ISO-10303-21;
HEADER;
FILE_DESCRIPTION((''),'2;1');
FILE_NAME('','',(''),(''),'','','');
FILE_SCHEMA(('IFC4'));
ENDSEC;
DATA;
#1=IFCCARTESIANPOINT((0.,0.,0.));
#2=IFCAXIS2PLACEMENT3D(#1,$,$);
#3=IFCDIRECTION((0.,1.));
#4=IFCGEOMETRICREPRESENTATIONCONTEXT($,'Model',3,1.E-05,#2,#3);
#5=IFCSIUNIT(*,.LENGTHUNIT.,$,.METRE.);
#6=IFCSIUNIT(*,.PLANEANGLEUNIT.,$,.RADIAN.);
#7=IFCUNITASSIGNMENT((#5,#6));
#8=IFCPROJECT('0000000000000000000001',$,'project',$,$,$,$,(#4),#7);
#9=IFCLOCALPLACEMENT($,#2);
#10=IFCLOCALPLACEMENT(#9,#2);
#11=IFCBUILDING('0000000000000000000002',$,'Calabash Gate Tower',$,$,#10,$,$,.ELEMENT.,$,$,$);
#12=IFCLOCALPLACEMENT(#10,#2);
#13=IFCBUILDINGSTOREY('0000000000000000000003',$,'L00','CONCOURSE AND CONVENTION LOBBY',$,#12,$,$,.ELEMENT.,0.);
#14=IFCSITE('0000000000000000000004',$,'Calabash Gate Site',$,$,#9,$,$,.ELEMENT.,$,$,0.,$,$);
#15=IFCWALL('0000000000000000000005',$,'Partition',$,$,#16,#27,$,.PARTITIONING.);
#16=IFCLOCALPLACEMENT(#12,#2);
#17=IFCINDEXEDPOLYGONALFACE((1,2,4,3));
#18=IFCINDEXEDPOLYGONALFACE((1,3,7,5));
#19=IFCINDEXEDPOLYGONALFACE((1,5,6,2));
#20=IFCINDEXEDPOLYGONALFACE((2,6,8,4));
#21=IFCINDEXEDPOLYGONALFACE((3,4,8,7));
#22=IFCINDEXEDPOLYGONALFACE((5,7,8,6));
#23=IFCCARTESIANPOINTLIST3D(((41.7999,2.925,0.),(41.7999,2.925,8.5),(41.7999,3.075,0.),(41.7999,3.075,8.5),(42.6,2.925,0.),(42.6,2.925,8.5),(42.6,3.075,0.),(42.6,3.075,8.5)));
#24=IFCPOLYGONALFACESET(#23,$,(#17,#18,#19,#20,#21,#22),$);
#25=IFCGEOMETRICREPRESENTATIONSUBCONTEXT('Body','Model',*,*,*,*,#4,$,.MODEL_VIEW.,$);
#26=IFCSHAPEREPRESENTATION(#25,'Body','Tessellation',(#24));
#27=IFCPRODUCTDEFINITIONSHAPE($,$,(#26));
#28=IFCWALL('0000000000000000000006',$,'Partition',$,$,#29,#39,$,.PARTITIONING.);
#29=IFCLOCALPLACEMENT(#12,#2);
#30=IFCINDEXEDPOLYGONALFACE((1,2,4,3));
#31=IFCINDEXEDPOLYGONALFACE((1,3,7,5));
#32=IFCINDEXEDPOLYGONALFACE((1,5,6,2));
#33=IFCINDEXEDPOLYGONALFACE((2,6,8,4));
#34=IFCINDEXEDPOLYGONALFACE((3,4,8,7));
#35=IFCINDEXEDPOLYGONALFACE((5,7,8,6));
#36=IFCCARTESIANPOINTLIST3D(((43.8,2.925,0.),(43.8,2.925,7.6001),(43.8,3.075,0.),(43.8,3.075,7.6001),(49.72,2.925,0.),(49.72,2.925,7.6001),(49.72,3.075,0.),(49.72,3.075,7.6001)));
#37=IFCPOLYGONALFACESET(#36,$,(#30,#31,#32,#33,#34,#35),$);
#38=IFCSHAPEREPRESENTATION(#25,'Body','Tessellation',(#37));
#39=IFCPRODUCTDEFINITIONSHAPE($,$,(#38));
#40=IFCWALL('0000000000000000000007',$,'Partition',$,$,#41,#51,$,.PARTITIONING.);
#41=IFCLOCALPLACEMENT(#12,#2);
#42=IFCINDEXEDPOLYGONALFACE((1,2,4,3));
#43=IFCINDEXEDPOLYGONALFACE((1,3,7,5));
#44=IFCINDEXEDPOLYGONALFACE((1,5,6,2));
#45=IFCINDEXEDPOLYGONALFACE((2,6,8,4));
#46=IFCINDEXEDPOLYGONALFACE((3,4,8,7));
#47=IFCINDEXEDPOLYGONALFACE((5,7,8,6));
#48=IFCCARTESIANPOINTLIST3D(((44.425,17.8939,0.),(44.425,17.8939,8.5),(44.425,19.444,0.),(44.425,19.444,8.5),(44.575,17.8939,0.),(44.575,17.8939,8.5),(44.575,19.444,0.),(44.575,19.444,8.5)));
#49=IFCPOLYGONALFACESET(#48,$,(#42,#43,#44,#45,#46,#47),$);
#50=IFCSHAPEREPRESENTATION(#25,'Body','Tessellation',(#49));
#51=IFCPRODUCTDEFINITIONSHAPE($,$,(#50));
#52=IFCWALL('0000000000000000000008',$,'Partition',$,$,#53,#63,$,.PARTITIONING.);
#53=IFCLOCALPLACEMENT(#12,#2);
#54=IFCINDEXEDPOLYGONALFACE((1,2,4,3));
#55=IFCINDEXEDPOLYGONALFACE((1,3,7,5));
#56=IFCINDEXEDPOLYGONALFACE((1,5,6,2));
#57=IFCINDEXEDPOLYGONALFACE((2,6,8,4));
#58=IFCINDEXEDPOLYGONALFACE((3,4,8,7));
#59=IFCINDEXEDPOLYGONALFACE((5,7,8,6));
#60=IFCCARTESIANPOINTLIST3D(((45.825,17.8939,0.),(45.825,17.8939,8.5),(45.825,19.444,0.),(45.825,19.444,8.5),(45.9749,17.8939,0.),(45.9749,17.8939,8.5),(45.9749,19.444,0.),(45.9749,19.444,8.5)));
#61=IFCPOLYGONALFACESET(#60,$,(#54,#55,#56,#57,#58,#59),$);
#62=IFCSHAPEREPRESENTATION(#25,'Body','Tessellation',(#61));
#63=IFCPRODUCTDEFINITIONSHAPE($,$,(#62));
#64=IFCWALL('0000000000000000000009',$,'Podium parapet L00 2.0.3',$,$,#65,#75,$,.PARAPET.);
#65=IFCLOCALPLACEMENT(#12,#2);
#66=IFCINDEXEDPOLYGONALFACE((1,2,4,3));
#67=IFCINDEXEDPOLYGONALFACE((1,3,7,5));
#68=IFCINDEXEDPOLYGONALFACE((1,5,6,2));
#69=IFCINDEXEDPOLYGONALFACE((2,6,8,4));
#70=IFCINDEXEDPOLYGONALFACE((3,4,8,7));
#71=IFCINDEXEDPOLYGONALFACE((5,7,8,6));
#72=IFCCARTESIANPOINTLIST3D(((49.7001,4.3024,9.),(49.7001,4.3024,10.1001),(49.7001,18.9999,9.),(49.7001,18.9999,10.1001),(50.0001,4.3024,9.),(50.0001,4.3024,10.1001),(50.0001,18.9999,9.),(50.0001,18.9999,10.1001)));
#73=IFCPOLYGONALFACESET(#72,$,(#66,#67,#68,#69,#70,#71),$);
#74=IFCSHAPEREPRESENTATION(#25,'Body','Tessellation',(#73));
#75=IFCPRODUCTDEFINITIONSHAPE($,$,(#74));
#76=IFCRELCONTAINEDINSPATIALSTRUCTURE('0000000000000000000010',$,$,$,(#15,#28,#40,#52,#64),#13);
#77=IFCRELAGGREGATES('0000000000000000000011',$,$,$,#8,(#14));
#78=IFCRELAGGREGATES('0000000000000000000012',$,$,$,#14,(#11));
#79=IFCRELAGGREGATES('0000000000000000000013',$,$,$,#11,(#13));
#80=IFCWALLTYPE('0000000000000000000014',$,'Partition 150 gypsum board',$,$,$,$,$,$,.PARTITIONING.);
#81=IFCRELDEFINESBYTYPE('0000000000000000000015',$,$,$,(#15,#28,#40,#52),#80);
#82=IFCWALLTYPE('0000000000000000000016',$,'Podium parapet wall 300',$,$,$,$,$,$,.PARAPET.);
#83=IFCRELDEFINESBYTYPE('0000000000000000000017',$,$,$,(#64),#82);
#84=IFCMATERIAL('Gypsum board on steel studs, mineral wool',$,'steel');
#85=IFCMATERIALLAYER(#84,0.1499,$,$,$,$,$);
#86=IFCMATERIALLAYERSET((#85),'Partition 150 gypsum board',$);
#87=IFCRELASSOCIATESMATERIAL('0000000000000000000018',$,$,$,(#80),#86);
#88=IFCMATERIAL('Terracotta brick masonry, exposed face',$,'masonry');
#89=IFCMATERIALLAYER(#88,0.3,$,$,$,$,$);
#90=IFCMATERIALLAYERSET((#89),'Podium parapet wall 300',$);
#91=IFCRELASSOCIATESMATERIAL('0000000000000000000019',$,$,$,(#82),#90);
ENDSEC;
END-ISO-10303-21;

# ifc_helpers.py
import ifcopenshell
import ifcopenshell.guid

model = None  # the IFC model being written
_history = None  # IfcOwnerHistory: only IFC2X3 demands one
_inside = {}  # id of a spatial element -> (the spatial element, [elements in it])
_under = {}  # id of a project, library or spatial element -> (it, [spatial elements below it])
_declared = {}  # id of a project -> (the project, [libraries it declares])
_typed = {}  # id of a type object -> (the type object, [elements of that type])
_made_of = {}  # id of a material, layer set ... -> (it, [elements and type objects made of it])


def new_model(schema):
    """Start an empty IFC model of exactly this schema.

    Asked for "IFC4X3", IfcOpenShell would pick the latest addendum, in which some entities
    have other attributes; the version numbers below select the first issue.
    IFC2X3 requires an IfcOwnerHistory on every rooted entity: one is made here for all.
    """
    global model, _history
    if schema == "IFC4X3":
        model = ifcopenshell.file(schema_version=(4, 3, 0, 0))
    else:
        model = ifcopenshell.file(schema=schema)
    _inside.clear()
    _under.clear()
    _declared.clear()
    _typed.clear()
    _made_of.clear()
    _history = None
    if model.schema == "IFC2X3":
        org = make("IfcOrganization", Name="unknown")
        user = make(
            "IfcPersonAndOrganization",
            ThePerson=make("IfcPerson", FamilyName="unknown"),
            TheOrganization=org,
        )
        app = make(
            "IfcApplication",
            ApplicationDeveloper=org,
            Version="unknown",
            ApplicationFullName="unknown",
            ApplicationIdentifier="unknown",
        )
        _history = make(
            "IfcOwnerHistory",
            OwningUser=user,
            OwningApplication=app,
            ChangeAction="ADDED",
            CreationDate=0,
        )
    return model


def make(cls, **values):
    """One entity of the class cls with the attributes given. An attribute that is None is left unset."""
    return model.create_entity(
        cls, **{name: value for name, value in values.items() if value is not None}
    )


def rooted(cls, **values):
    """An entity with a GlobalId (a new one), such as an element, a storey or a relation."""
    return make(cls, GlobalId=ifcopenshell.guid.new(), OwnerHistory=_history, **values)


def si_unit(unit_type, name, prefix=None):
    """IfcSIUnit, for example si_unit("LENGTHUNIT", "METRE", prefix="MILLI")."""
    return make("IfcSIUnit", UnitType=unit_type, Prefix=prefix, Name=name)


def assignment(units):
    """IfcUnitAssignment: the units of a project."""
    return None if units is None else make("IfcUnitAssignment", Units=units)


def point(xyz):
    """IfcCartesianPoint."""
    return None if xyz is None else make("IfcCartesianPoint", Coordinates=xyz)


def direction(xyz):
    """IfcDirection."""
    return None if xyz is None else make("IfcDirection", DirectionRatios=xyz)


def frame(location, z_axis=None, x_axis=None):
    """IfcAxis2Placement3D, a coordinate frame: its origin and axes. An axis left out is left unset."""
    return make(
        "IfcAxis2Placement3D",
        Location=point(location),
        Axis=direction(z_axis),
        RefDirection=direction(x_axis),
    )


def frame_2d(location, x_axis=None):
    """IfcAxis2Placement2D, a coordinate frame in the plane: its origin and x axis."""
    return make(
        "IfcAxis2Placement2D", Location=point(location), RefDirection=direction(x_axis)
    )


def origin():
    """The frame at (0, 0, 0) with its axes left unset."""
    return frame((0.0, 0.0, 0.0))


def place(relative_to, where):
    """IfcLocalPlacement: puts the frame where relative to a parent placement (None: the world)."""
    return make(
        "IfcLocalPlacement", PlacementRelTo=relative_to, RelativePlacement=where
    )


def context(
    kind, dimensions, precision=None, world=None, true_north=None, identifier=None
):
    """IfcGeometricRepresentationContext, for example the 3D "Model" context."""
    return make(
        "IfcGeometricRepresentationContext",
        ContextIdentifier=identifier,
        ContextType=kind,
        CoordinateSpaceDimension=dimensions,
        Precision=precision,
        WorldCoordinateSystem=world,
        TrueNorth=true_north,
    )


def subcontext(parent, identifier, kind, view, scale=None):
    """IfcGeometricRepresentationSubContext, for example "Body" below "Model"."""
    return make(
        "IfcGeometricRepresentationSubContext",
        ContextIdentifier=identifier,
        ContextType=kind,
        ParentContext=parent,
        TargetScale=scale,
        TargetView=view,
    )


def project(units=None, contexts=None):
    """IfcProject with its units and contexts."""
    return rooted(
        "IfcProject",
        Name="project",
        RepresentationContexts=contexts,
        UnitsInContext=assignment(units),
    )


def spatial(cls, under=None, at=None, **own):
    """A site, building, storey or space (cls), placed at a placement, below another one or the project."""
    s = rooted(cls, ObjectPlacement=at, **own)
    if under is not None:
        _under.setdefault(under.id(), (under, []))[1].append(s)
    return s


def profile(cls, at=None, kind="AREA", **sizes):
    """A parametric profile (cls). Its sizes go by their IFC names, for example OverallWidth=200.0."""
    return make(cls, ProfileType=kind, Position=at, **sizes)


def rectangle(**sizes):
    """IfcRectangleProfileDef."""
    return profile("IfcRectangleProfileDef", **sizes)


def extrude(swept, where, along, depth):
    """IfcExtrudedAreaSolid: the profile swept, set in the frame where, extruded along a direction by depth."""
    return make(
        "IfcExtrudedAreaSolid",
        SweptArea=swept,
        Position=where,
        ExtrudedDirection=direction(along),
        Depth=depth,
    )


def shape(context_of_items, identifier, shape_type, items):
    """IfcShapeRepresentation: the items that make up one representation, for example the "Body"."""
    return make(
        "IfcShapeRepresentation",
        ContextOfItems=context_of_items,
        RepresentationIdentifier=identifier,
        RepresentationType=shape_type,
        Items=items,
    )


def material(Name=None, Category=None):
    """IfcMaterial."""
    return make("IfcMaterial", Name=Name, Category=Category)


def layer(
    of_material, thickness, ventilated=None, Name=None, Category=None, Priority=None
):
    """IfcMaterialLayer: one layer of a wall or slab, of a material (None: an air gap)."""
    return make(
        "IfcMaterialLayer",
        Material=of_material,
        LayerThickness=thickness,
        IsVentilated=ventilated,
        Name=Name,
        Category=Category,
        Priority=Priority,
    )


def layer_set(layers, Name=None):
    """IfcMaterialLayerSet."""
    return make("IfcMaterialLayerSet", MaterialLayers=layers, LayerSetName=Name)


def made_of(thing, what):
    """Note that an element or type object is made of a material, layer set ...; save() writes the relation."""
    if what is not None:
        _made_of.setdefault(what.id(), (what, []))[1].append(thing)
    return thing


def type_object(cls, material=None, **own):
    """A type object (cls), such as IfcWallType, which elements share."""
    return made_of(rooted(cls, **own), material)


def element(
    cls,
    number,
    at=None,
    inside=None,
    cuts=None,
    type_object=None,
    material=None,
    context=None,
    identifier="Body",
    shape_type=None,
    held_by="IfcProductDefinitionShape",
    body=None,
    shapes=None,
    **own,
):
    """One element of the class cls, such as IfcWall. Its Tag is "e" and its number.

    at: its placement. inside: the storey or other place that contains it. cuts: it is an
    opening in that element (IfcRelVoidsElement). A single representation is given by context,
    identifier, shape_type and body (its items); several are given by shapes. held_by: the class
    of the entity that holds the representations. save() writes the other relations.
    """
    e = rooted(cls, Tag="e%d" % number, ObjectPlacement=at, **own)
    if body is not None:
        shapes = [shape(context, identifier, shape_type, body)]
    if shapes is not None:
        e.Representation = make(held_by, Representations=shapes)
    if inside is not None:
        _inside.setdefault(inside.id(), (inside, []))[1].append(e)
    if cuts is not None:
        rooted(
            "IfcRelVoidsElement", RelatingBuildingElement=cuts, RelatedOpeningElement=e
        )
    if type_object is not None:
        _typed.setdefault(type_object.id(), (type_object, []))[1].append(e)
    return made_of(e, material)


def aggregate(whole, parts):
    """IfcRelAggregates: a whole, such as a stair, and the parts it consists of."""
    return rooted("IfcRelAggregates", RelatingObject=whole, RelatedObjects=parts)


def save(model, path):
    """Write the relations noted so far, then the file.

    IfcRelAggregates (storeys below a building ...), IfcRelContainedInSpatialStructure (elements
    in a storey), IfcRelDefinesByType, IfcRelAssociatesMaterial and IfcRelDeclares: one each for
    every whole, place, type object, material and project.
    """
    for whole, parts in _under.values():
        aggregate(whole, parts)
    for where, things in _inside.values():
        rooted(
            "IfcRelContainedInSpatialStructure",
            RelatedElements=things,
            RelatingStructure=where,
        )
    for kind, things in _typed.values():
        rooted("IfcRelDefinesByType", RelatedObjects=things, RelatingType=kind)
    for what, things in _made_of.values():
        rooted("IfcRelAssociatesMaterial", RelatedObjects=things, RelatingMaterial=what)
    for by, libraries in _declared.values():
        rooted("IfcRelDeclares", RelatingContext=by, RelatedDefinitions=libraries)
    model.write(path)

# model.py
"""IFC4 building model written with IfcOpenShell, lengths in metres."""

from ifc_helpers import new_model, si_unit, direction, frame, frame_2d, origin, place, context, subcontext, project, spatial, rectangle, extrude, material, layer, layer_set, type_object, element, save


model = new_model("IFC4")

# Units and contexts
model_context = context("Model", 3, precision=1e-05, world=origin(), true_north=direction((0.0, 1.0)))
body_context = subcontext(model_context, "Body", "Model", "MODEL_VIEW")
ifc_project = project(units=[si_unit("LENGTHUNIT", "METRE"), si_unit("PLANEANGLEUNIT", "RADIAN")], contexts=[model_context])

# Site, building, storey
site_placement = place(None, origin())
site = spatial("IfcSite", under=ifc_project, at=site_placement, Name="Calabash Gate Site", CompositionType="ELEMENT", RefElevation=0.0)
building_placement = place(site_placement, origin())
building = spatial("IfcBuilding", under=site, at=building_placement, Name="Calabash Gate Tower", CompositionType="ELEMENT")
storey_placement = place(building_placement, origin())
storey = spatial("IfcBuildingStorey", under=building, at=storey_placement, Name="L00", Description="CONCOURSE AND CONVENTION LOBBY", CompositionType="ELEMENT", Elevation=0.0)

# Walls
ifc_material_1 = material(Name="Gypsum board on steel studs, mineral wool", Category="steel")
ifc_layer_1 = layer(ifc_material_1, 0.1499)
ifc_layer_set_1 = layer_set([ifc_layer_1], Name="Partition 150 gypsum board")
wall_type_1 = type_object("IfcWallType", Name="Partition 150 gypsum board", PredefinedType="PARTITIONING", material=ifc_layer_set_1)
wall_1_placement = place(storey_placement, frame((41.8, 3.0, 0.0), z_axis=(0.0, 0.0, 1.0), x_axis=(1.0, 0.0, 0.0)))
element("IfcWall", 1, at=wall_1_placement, inside=storey, type_object=wall_type_1, Name="Partition", PredefinedType="PARTITIONING", context=body_context, shape_type="SweptSolid", body=[
    extrude(rectangle(XDim=0.8, YDim=0.1499, at=frame_2d((0.3999, 0.0))), origin(), (0.0, 0.0, 1.0), 8.5),
])
wall_2_placement = place(storey_placement, frame((43.8, 3.0, 0.0), z_axis=(0.0, 0.0, 1.0), x_axis=(1.0, 0.0, 0.0)))
element("IfcWall", 2, at=wall_2_placement, inside=storey, type_object=wall_type_1, Name="Partition", PredefinedType="PARTITIONING", context=body_context, shape_type="SweptSolid", body=[
    extrude(rectangle(XDim=5.9199, YDim=0.1499, at=frame_2d((2.96, 0.0))), origin(), (0.0, 0.0, 1.0), 7.6001),
])
for number, where, z_axis, x_axis, name in (
    (3, (44.5, 17.894, 0.0), (0.0, 0.0, 1.0), (0.0, 1.0, 0.0), "Partition"),
    (4, (45.8999, 17.894, 0.0), (0.0, 0.0, 1.0), (0.0, 1.0, 0.0), "Partition"),
):
    element("IfcWall", number, at=place(storey_placement, frame(where, z_axis=z_axis, x_axis=x_axis)), inside=storey, type_object=wall_type_1, Name=name, PredefinedType="PARTITIONING", context=body_context, shape_type="SweptSolid", body=[
        extrude(rectangle(XDim=1.55, YDim=0.1499, at=frame_2d((0.7749, 0.0))), origin(), (0.0, 0.0, 1.0), 8.5),
    ])
ifc_material_2 = material(Name="Terracotta brick masonry, exposed face", Category="masonry")
ifc_layer_2 = layer(ifc_material_2, 0.3)
ifc_layer_set_2 = layer_set([ifc_layer_2], Name="Podium parapet wall 300")
wall_type_2 = type_object("IfcWallType", Name="Podium parapet wall 300", PredefinedType="PARAPET", material=ifc_layer_set_2)
wall_3_placement = place(storey_placement, frame((49.8501, 4.3025, 9.0), z_axis=(0.0, 0.0, 1.0), x_axis=(0.0, 1.0, 0.0)))
element("IfcWall", 5, at=wall_3_placement, inside=storey, type_object=wall_type_2, Name="Podium parapet L00 2.0.3", PredefinedType="PARAPET", context=body_context, shape_type="SweptSolid", body=[
    extrude(rectangle(XDim=14.6975, YDim=0.3, at=frame_2d((7.3486, 0.0))), origin(), (0.0, 0.0, 1.0), 1.1001),
])

save(model, "model.ifc")
